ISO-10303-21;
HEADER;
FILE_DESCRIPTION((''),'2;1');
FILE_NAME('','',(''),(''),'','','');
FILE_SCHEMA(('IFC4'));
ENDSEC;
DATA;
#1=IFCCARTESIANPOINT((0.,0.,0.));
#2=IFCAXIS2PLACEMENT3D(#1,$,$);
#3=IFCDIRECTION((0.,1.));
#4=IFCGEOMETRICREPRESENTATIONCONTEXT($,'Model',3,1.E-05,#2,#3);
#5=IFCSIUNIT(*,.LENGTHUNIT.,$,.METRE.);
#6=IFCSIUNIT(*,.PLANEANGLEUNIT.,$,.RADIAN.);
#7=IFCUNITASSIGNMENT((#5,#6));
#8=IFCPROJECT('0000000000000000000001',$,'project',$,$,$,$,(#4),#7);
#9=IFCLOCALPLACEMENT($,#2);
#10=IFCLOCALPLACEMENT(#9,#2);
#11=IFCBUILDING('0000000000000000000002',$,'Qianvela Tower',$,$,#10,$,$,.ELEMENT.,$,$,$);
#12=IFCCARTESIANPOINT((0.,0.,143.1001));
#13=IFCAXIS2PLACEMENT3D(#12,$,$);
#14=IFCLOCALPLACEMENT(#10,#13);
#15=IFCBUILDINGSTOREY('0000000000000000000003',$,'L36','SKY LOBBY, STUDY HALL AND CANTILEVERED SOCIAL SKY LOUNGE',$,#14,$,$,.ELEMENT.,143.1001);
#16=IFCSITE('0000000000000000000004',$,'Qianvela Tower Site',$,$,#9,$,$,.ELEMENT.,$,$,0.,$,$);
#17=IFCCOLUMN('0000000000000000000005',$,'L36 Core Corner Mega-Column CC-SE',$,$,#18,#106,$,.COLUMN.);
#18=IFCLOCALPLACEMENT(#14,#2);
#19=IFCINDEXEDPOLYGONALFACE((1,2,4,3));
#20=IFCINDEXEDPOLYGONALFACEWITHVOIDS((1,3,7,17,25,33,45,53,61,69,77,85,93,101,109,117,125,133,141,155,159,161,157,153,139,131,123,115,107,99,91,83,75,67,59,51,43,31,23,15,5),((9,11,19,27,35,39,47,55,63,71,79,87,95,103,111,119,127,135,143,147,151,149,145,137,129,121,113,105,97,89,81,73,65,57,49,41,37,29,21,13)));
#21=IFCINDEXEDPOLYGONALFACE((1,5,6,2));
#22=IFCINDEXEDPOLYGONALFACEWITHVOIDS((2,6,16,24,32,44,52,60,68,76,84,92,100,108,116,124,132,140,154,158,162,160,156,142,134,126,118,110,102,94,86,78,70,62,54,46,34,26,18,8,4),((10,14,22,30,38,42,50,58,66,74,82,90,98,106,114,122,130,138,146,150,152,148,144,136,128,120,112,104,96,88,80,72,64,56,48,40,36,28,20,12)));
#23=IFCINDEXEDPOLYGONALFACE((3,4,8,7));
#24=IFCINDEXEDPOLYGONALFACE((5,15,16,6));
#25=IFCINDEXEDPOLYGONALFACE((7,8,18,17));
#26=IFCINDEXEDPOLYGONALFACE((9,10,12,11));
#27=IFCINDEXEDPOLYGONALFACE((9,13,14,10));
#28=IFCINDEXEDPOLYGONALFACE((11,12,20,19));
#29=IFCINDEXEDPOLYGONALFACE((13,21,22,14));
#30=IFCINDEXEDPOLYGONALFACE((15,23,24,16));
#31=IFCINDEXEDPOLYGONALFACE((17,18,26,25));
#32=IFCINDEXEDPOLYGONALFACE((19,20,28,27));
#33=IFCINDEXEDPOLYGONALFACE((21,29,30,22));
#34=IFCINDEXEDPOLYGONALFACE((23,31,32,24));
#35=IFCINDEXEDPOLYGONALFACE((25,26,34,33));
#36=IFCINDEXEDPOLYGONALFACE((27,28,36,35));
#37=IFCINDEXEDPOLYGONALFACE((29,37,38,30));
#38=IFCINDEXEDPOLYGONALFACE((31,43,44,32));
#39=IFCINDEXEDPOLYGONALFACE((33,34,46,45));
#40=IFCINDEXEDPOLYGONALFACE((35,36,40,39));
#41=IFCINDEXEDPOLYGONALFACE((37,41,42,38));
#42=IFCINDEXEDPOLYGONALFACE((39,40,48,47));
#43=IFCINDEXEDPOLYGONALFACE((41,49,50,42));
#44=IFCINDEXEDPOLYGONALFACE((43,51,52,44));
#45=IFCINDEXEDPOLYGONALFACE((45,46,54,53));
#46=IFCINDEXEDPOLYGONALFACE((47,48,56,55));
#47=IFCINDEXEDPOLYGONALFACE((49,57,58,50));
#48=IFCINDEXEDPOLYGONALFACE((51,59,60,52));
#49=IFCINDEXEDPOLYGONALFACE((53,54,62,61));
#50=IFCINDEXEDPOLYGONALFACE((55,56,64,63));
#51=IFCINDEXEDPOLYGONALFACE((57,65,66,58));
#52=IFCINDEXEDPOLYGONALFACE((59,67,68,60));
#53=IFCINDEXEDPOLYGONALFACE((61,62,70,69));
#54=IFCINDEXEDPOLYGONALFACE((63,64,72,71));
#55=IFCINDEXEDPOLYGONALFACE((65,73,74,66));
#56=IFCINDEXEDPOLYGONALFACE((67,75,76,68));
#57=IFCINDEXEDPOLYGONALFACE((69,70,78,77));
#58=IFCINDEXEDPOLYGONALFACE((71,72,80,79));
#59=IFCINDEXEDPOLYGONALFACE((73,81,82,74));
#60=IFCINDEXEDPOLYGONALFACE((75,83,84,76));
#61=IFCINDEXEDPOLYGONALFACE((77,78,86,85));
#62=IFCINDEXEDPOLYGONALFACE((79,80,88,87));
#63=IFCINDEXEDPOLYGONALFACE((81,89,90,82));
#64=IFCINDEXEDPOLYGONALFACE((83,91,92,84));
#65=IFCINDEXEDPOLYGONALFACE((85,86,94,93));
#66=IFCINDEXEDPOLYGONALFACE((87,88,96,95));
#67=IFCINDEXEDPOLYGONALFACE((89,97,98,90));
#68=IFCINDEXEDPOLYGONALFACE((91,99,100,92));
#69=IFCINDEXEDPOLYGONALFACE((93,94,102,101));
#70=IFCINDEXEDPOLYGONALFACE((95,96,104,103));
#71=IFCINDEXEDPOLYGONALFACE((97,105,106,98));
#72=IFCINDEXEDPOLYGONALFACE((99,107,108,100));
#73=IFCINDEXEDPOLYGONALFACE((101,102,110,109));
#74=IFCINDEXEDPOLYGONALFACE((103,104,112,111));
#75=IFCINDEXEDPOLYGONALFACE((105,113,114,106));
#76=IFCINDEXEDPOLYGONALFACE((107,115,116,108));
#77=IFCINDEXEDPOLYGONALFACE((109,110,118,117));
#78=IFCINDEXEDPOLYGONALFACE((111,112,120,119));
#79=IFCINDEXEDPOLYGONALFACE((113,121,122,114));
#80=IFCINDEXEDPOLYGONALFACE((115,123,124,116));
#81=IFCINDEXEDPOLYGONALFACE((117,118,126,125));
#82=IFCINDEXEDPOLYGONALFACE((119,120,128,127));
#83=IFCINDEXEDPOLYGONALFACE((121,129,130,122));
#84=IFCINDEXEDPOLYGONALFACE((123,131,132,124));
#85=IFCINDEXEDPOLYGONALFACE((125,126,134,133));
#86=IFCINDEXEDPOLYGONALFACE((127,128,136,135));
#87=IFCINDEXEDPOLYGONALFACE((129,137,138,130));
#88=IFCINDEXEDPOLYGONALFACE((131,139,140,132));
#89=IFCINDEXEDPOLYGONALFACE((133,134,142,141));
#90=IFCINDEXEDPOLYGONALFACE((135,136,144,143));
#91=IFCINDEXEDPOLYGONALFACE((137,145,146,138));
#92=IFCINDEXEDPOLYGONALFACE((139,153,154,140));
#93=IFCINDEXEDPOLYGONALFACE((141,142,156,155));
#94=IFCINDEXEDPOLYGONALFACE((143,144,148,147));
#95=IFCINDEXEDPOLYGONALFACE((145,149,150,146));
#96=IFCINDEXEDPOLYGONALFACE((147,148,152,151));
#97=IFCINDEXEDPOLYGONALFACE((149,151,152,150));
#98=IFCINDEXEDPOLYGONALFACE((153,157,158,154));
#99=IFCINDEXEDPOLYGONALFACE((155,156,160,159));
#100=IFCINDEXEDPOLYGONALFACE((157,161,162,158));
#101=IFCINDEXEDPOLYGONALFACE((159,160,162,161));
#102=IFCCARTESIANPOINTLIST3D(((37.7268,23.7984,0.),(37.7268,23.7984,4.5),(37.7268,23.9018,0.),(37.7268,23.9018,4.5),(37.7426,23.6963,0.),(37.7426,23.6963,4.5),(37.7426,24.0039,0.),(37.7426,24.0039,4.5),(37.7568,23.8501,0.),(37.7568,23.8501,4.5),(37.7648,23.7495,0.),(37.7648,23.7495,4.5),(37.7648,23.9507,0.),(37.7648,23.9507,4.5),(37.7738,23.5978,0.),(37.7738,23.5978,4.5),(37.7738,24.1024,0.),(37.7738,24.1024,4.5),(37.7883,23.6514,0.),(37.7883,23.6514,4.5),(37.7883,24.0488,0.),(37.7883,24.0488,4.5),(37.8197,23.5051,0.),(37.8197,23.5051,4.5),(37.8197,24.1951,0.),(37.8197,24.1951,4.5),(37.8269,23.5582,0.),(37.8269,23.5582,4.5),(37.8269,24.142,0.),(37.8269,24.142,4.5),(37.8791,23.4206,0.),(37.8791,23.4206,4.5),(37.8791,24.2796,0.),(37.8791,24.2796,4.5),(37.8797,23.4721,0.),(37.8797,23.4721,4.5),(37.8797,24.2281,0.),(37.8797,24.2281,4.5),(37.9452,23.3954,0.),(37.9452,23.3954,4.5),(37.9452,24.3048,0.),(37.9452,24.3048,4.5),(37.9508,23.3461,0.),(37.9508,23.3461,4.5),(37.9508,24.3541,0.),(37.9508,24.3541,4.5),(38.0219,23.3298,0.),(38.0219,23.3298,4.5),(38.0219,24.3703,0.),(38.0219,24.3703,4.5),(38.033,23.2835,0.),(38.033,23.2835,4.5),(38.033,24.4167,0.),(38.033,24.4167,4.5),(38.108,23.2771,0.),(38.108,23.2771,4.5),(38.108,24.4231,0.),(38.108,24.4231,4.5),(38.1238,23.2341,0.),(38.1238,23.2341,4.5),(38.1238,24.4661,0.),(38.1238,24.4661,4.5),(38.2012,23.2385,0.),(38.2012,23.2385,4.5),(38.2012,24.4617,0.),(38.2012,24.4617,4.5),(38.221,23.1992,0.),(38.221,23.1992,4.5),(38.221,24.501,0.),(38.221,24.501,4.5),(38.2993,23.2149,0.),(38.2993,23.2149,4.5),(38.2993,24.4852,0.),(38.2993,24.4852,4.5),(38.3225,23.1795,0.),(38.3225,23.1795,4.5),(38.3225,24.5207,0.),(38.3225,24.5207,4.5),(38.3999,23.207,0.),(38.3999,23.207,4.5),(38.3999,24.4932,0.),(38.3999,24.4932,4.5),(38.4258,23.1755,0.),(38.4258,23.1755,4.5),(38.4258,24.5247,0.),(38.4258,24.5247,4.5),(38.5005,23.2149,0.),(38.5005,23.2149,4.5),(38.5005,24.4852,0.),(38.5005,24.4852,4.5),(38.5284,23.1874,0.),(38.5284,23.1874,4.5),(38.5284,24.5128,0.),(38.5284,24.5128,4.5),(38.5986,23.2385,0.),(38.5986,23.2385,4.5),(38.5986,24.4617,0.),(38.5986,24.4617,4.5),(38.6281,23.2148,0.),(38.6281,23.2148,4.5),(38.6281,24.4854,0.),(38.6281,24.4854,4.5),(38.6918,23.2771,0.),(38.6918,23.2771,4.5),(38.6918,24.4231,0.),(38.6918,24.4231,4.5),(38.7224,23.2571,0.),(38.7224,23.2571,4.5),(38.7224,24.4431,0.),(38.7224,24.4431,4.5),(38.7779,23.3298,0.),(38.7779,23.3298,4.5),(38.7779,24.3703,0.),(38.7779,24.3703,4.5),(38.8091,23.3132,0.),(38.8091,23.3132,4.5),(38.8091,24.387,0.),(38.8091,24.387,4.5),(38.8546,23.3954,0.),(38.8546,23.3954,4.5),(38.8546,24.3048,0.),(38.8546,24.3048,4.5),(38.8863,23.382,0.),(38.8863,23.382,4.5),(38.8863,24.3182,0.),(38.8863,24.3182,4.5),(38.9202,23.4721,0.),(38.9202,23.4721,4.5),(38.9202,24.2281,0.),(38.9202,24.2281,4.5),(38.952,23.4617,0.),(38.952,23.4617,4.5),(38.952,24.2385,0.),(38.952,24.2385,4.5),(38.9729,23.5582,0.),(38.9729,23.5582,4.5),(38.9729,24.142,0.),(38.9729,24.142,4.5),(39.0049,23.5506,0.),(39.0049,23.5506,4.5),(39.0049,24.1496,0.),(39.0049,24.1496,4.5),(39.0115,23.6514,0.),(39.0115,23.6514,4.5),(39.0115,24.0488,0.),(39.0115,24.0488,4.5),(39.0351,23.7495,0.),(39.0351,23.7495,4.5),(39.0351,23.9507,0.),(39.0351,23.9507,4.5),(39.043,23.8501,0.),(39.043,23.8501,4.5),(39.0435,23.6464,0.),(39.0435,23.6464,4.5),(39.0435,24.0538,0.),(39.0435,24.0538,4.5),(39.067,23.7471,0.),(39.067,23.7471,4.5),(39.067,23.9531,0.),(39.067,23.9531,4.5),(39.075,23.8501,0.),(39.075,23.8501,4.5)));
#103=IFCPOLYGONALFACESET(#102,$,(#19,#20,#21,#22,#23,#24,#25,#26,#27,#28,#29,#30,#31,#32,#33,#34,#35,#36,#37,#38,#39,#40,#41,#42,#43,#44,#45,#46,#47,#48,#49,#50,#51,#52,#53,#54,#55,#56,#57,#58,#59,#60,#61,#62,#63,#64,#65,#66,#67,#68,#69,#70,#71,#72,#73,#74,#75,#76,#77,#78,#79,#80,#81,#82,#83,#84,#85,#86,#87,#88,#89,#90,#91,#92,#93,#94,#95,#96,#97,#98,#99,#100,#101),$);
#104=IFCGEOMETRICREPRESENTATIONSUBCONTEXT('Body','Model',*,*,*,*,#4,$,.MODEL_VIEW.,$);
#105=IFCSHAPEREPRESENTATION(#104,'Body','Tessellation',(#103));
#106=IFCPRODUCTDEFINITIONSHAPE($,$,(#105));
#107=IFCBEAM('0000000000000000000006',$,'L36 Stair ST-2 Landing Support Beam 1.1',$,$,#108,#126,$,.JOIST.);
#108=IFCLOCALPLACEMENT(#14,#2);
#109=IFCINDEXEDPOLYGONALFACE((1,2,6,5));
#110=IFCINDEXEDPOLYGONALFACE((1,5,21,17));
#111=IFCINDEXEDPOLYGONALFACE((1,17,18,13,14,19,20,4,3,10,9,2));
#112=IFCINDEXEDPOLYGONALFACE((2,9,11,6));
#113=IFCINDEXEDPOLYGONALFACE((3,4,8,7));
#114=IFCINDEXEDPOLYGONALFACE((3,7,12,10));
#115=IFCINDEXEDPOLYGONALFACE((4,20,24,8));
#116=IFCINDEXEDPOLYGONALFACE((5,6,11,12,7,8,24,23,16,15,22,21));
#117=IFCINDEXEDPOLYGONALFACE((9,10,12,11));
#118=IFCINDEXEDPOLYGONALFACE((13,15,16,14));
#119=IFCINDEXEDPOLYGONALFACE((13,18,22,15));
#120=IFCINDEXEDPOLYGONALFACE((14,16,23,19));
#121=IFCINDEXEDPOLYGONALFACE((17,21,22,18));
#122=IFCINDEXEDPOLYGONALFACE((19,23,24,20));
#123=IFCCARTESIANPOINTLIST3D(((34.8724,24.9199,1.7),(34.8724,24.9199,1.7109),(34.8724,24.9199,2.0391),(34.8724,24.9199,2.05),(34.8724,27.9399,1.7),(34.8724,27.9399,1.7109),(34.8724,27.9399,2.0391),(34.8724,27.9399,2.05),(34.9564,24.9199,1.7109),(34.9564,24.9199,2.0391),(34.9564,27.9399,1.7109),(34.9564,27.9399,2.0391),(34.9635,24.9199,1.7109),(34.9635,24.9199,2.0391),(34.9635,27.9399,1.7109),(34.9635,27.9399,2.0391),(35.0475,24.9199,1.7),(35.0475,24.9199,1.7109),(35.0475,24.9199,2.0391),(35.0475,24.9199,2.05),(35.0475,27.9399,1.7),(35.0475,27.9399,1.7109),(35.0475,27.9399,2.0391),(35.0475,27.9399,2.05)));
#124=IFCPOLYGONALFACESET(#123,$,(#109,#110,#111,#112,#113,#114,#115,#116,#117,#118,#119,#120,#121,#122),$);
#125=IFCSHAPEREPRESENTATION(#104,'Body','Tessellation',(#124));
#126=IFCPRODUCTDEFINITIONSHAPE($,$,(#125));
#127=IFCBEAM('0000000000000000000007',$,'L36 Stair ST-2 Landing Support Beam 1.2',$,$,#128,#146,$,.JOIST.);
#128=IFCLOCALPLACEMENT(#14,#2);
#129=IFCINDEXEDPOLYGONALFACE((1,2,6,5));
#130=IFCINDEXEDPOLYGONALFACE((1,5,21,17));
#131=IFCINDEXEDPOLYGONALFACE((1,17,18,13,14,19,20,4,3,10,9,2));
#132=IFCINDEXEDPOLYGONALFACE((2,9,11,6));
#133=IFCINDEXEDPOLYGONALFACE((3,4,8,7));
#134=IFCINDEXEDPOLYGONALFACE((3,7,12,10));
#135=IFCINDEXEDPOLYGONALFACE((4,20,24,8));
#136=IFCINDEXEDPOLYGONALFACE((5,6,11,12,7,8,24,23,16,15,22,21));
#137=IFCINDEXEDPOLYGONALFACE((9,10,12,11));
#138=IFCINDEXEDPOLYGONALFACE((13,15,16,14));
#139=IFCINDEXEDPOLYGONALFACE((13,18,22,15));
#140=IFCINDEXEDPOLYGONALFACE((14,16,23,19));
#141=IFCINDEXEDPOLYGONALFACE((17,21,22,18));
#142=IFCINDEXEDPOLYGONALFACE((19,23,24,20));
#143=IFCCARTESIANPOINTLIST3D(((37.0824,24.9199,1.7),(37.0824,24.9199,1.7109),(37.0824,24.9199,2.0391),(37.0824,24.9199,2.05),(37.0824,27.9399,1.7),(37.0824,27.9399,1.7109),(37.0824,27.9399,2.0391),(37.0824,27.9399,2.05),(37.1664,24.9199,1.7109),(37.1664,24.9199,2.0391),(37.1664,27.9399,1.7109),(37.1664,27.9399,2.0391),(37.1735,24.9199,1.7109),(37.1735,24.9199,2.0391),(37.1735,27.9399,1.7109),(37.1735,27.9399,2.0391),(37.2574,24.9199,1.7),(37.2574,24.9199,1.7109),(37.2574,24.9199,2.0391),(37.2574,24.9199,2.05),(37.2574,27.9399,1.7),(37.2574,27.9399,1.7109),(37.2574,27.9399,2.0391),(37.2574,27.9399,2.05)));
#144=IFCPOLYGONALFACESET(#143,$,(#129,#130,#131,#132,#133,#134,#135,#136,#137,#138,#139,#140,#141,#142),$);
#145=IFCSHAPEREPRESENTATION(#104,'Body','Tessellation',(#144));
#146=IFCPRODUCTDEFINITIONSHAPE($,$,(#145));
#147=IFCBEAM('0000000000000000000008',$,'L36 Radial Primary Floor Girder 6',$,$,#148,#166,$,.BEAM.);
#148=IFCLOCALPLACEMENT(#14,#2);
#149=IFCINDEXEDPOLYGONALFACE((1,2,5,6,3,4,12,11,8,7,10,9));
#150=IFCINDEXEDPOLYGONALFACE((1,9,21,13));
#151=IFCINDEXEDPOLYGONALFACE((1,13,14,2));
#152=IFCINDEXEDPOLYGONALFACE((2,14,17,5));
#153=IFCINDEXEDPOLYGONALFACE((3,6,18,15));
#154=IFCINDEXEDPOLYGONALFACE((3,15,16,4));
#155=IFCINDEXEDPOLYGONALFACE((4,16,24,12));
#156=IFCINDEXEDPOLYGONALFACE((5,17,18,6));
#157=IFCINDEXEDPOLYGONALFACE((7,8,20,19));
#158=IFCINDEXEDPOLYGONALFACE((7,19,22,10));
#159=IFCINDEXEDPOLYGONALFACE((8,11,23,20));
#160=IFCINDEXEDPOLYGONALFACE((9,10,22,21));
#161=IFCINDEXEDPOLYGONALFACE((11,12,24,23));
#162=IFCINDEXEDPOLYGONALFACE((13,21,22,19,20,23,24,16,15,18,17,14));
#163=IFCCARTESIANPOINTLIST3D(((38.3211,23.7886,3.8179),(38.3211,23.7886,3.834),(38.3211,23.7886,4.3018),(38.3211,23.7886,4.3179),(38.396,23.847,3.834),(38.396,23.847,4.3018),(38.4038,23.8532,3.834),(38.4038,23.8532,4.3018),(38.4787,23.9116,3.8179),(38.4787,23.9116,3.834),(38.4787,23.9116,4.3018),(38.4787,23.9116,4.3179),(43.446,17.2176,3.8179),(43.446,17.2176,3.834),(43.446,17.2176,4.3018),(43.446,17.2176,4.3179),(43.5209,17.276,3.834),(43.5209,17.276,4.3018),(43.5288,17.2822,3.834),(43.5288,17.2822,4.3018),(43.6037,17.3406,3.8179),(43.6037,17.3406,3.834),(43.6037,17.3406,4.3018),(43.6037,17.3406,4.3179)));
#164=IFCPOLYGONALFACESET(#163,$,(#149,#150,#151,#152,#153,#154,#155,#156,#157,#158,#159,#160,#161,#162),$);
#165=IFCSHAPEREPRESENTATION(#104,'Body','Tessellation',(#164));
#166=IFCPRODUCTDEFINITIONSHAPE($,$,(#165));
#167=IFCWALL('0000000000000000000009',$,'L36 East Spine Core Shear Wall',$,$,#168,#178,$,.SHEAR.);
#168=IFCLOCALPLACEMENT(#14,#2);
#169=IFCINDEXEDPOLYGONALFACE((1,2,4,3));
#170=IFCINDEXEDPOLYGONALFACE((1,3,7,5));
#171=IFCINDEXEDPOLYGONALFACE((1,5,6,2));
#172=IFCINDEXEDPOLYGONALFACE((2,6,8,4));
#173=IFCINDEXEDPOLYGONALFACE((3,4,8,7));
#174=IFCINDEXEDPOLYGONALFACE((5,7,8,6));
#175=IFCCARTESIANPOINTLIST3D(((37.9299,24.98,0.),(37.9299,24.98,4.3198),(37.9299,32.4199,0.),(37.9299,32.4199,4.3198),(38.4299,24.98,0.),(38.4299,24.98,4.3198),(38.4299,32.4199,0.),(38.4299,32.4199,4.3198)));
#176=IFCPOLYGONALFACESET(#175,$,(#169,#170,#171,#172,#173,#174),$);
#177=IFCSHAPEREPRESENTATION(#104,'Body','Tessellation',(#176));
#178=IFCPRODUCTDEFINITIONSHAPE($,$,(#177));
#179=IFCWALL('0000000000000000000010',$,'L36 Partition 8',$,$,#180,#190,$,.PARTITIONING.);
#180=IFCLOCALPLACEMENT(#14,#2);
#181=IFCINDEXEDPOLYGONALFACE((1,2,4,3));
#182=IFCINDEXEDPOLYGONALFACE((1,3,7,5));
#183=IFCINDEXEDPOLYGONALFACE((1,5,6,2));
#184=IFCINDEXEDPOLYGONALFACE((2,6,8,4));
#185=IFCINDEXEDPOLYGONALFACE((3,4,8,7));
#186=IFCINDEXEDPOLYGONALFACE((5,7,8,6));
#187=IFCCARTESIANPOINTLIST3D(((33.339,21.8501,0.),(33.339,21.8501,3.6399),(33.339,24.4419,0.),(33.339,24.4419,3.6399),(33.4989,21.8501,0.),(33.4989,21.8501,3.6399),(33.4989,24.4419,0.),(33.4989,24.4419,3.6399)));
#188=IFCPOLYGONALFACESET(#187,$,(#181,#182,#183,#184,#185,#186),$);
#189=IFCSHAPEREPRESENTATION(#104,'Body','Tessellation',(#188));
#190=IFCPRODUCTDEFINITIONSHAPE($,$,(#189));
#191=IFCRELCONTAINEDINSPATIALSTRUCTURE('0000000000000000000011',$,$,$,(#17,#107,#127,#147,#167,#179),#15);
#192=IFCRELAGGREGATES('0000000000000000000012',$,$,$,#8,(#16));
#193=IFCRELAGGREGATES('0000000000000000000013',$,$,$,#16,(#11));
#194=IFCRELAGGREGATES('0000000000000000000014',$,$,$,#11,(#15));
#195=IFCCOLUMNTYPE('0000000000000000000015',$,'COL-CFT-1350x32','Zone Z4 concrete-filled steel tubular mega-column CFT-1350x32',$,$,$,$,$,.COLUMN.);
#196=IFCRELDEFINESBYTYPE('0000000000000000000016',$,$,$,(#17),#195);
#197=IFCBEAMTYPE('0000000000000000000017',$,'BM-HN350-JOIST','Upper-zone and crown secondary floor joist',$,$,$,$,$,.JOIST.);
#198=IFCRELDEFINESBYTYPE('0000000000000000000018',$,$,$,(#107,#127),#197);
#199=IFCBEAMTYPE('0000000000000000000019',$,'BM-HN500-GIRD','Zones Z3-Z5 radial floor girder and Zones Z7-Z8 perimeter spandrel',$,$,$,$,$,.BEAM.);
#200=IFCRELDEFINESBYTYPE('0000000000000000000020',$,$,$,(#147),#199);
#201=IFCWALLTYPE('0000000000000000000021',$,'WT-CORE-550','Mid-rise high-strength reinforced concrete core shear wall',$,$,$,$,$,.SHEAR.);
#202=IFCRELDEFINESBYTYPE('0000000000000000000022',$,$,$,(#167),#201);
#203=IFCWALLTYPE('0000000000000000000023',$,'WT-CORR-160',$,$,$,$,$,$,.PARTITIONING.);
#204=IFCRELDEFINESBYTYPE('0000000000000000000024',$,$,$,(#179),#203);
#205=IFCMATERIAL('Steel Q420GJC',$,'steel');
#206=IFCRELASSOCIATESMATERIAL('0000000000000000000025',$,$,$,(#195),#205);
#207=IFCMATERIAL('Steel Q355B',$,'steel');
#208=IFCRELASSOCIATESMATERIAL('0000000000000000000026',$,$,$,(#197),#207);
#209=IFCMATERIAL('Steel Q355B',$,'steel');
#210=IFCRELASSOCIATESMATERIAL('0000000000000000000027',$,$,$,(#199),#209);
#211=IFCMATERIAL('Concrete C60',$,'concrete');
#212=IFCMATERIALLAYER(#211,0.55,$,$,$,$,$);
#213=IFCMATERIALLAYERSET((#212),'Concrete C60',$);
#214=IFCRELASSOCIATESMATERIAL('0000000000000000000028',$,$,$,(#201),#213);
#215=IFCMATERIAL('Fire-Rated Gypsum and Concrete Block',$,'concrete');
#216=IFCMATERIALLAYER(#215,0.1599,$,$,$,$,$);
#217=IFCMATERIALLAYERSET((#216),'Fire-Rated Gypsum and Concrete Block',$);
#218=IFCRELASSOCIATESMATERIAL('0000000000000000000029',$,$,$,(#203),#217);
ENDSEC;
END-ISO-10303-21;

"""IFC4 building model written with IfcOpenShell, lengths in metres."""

from ifc_helpers import new_model, si_unit, direction, frame, frame_2d, origin, origin_2d, place, context, subcontext, project, spatial, rectangle, hollow_circle, i_section, extrude, material, layer, layer_set, material_profile, profile_set, type_object, element, save


model = new_model("IFC4")

# Units and contexts
model_context = context("Model", 3, precision=1e-05, world=origin(), true_north=direction((0.0, 1.0)))
body_context = subcontext(model_context, "Body", "Model", "MODEL_VIEW")
ifc_project = project(units=[si_unit("LENGTHUNIT", "METRE"), si_unit("PLANEANGLEUNIT", "RADIAN")], contexts=[model_context])

# Site, building, storey
site_placement = place(None, origin())
site = spatial("IfcSite", under=ifc_project, at=site_placement, Name="Qianvela Tower Site", CompositionType="ELEMENT", RefElevation=0.0)
building_placement = place(site_placement, origin())
building = spatial("IfcBuilding", under=site, at=building_placement, Name="Qianvela Tower", CompositionType="ELEMENT")
storey_placement = place(building_placement, frame((0.0, 0.0, 143.1001)))
storey = spatial("IfcBuildingStorey", under=building, at=storey_placement, Name="L36", Description="SKY LOBBY, STUDY HALL AND CANTILEVERED SOCIAL SKY LOUNGE", CompositionType="ELEMENT", Elevation=143.1001)

# Column
ifc_material_1 = material(Name="Steel Q420GJC", Category="steel")
ifc_material_profile_1 = material_profile(ifc_material_1, hollow_circle(Radius=0.675, WallThickness=0.032, at=origin_2d()), Name="CFT-1350x32")
ifc_profile_set_1 = profile_set([ifc_material_profile_1], Name="Steel Q420GJC")
column_type = type_object("IfcColumnType", Name="COL-CFT-1350x32", Description="Zone Z4 concrete-filled steel tubular mega-column CFT-1350x32", PredefinedType="COLUMN", material=ifc_profile_set_1)
column_placement = place(storey_placement, frame((38.3999, 23.8501, 0.0), z_axis=(0.0, 0.0, 1.0), x_axis=(1.0, 0.0, 0.0)))
element("IfcColumn", 1, at=column_placement, inside=storey, type_object=column_type, Name="L36 Core Corner Mega-Column CC-SE", PredefinedType="COLUMN", context=body_context, shape_type="SweptSolid", body=[
    extrude(hollow_circle(Radius=0.675, WallThickness=0.032, at=origin_2d()), origin(), (0.0, 0.0, 1.0), 4.5),
])

# Beams
ifc_material_2 = material(Name="Steel Q355B", Category="steel")
ifc_material_profile_2 = material_profile(ifc_material_2, i_section(OverallWidth=0.175, OverallDepth=0.3501, WebThickness=0.0071, FlangeThickness=0.011, at=origin_2d()), Name="HN350x175x7x11")
ifc_profile_set_2 = profile_set([ifc_material_profile_2], Name="Steel Q355B")
beam_type_1 = type_object("IfcBeamType", Name="BM-HN350-JOIST", Description="Upper-zone and crown secondary floor joist", PredefinedType="JOIST", material=ifc_profile_set_2)
for number, where, z_axis, x_axis, name in (
    (2, (34.96, 24.9199, 1.875), (0.0, 1.0, 0.0), (-1.0, 0.0, 0.0), "L36 Stair ST-2 Landing Support Beam 1.1"),
    (3, (37.1699, 24.9199, 1.875), (0.0, 1.0, 0.0), (-1.0, 0.0, 0.0), "L36 Stair ST-2 Landing Support Beam 1.2"),
):
    element("IfcBeam", number, at=place(storey_placement, frame(where, z_axis=z_axis, x_axis=x_axis)), inside=storey, type_object=beam_type_1, Name=name, PredefinedType="JOIST", context=body_context, shape_type="SweptSolid", body=[
        extrude(i_section(OverallWidth=0.175, OverallDepth=0.3501, WebThickness=0.0071, FlangeThickness=0.011, at=origin_2d()), origin(), (0.0, 0.0, 1.0), 3.02),
    ])
ifc_material_3 = material(Name="Steel Q355B", Category="steel")
ifc_material_profile_3 = material_profile(ifc_material_3, i_section(OverallWidth=0.2, OverallDepth=0.5, WebThickness=0.01, FlangeThickness=0.0161, at=origin_2d()), Name="HN500x200x10x16")
ifc_profile_set_3 = profile_set([ifc_material_profile_3], Name="Steel Q355B")
beam_type_2 = type_object("IfcBeamType", Name="BM-HN500-GIRD", Description="Zones Z3-Z5 radial floor girder and Zones Z7-Z8 perimeter spandrel", PredefinedType="BEAM", material=ifc_profile_set_3)
beam_placement = place(storey_placement, frame((38.3999, 23.8501, 4.0679), z_axis=(0.615001, -0.788526, 0.0), x_axis=(0.788526, 0.615001, 0.0)))
element("IfcBeam", 4, at=beam_placement, inside=storey, type_object=beam_type_2, Name="L36 Radial Primary Floor Girder 6", PredefinedType="BEAM", context=body_context, shape_type="SweptSolid", body=[
    extrude(i_section(OverallWidth=0.2, OverallDepth=0.5, WebThickness=0.01, FlangeThickness=0.0161, at=origin_2d()), origin(), (0.0, 0.0, 1.0), 8.3333),
])

# Walls
ifc_material_4 = material(Name="Concrete C60", Category="concrete")
ifc_layer_1 = layer(ifc_material_4, 0.55)
ifc_layer_set_1 = layer_set([ifc_layer_1], Name="Concrete C60")
wall_type_1 = type_object("IfcWallType", Name="WT-CORE-550", Description="Mid-rise high-strength reinforced concrete core shear wall", PredefinedType="SHEAR", material=ifc_layer_set_1)
wall_1_placement = place(storey_placement, frame((38.1799, 24.98, 0.0), z_axis=(0.0, 0.0, 1.0), x_axis=(0.0, 1.0, 0.0)))
element("IfcWall", 5, at=wall_1_placement, inside=storey, type_object=wall_type_1, Name="L36 East Spine Core Shear Wall", PredefinedType="SHEAR", context=body_context, shape_type="SweptSolid", body=[
    extrude(rectangle(XDim=7.4399, YDim=0.5, at=frame_2d((3.72, 0.0))), origin(), (0.0, 0.0, 1.0), 4.3198),
])
ifc_material_5 = material(Name="Fire-Rated Gypsum and Concrete Block", Category="concrete")
ifc_layer_2 = layer(ifc_material_5, 0.1599)
ifc_layer_set_2 = layer_set([ifc_layer_2], Name="Fire-Rated Gypsum and Concrete Block")
wall_type_2 = type_object("IfcWallType", Name="WT-CORR-160", PredefinedType="PARTITIONING", material=ifc_layer_set_2)
wall_2_placement = place(storey_placement, frame((33.4189, 24.4419, 0.0), z_axis=(0.0, 0.0, 1.0), x_axis=(0.0, -1.0, 0.0)))
element("IfcWall", 6, at=wall_2_placement, inside=storey, type_object=wall_type_2, Name="L36 Partition 8", PredefinedType="PARTITIONING", context=body_context, shape_type="SweptSolid", body=[
    extrude(rectangle(XDim=2.5918, YDim=0.1599, at=frame_2d((1.2959, 0.0))), origin(), (0.0, 0.0, 1.0), 3.6399),
])

save(model, "model.ifc")
